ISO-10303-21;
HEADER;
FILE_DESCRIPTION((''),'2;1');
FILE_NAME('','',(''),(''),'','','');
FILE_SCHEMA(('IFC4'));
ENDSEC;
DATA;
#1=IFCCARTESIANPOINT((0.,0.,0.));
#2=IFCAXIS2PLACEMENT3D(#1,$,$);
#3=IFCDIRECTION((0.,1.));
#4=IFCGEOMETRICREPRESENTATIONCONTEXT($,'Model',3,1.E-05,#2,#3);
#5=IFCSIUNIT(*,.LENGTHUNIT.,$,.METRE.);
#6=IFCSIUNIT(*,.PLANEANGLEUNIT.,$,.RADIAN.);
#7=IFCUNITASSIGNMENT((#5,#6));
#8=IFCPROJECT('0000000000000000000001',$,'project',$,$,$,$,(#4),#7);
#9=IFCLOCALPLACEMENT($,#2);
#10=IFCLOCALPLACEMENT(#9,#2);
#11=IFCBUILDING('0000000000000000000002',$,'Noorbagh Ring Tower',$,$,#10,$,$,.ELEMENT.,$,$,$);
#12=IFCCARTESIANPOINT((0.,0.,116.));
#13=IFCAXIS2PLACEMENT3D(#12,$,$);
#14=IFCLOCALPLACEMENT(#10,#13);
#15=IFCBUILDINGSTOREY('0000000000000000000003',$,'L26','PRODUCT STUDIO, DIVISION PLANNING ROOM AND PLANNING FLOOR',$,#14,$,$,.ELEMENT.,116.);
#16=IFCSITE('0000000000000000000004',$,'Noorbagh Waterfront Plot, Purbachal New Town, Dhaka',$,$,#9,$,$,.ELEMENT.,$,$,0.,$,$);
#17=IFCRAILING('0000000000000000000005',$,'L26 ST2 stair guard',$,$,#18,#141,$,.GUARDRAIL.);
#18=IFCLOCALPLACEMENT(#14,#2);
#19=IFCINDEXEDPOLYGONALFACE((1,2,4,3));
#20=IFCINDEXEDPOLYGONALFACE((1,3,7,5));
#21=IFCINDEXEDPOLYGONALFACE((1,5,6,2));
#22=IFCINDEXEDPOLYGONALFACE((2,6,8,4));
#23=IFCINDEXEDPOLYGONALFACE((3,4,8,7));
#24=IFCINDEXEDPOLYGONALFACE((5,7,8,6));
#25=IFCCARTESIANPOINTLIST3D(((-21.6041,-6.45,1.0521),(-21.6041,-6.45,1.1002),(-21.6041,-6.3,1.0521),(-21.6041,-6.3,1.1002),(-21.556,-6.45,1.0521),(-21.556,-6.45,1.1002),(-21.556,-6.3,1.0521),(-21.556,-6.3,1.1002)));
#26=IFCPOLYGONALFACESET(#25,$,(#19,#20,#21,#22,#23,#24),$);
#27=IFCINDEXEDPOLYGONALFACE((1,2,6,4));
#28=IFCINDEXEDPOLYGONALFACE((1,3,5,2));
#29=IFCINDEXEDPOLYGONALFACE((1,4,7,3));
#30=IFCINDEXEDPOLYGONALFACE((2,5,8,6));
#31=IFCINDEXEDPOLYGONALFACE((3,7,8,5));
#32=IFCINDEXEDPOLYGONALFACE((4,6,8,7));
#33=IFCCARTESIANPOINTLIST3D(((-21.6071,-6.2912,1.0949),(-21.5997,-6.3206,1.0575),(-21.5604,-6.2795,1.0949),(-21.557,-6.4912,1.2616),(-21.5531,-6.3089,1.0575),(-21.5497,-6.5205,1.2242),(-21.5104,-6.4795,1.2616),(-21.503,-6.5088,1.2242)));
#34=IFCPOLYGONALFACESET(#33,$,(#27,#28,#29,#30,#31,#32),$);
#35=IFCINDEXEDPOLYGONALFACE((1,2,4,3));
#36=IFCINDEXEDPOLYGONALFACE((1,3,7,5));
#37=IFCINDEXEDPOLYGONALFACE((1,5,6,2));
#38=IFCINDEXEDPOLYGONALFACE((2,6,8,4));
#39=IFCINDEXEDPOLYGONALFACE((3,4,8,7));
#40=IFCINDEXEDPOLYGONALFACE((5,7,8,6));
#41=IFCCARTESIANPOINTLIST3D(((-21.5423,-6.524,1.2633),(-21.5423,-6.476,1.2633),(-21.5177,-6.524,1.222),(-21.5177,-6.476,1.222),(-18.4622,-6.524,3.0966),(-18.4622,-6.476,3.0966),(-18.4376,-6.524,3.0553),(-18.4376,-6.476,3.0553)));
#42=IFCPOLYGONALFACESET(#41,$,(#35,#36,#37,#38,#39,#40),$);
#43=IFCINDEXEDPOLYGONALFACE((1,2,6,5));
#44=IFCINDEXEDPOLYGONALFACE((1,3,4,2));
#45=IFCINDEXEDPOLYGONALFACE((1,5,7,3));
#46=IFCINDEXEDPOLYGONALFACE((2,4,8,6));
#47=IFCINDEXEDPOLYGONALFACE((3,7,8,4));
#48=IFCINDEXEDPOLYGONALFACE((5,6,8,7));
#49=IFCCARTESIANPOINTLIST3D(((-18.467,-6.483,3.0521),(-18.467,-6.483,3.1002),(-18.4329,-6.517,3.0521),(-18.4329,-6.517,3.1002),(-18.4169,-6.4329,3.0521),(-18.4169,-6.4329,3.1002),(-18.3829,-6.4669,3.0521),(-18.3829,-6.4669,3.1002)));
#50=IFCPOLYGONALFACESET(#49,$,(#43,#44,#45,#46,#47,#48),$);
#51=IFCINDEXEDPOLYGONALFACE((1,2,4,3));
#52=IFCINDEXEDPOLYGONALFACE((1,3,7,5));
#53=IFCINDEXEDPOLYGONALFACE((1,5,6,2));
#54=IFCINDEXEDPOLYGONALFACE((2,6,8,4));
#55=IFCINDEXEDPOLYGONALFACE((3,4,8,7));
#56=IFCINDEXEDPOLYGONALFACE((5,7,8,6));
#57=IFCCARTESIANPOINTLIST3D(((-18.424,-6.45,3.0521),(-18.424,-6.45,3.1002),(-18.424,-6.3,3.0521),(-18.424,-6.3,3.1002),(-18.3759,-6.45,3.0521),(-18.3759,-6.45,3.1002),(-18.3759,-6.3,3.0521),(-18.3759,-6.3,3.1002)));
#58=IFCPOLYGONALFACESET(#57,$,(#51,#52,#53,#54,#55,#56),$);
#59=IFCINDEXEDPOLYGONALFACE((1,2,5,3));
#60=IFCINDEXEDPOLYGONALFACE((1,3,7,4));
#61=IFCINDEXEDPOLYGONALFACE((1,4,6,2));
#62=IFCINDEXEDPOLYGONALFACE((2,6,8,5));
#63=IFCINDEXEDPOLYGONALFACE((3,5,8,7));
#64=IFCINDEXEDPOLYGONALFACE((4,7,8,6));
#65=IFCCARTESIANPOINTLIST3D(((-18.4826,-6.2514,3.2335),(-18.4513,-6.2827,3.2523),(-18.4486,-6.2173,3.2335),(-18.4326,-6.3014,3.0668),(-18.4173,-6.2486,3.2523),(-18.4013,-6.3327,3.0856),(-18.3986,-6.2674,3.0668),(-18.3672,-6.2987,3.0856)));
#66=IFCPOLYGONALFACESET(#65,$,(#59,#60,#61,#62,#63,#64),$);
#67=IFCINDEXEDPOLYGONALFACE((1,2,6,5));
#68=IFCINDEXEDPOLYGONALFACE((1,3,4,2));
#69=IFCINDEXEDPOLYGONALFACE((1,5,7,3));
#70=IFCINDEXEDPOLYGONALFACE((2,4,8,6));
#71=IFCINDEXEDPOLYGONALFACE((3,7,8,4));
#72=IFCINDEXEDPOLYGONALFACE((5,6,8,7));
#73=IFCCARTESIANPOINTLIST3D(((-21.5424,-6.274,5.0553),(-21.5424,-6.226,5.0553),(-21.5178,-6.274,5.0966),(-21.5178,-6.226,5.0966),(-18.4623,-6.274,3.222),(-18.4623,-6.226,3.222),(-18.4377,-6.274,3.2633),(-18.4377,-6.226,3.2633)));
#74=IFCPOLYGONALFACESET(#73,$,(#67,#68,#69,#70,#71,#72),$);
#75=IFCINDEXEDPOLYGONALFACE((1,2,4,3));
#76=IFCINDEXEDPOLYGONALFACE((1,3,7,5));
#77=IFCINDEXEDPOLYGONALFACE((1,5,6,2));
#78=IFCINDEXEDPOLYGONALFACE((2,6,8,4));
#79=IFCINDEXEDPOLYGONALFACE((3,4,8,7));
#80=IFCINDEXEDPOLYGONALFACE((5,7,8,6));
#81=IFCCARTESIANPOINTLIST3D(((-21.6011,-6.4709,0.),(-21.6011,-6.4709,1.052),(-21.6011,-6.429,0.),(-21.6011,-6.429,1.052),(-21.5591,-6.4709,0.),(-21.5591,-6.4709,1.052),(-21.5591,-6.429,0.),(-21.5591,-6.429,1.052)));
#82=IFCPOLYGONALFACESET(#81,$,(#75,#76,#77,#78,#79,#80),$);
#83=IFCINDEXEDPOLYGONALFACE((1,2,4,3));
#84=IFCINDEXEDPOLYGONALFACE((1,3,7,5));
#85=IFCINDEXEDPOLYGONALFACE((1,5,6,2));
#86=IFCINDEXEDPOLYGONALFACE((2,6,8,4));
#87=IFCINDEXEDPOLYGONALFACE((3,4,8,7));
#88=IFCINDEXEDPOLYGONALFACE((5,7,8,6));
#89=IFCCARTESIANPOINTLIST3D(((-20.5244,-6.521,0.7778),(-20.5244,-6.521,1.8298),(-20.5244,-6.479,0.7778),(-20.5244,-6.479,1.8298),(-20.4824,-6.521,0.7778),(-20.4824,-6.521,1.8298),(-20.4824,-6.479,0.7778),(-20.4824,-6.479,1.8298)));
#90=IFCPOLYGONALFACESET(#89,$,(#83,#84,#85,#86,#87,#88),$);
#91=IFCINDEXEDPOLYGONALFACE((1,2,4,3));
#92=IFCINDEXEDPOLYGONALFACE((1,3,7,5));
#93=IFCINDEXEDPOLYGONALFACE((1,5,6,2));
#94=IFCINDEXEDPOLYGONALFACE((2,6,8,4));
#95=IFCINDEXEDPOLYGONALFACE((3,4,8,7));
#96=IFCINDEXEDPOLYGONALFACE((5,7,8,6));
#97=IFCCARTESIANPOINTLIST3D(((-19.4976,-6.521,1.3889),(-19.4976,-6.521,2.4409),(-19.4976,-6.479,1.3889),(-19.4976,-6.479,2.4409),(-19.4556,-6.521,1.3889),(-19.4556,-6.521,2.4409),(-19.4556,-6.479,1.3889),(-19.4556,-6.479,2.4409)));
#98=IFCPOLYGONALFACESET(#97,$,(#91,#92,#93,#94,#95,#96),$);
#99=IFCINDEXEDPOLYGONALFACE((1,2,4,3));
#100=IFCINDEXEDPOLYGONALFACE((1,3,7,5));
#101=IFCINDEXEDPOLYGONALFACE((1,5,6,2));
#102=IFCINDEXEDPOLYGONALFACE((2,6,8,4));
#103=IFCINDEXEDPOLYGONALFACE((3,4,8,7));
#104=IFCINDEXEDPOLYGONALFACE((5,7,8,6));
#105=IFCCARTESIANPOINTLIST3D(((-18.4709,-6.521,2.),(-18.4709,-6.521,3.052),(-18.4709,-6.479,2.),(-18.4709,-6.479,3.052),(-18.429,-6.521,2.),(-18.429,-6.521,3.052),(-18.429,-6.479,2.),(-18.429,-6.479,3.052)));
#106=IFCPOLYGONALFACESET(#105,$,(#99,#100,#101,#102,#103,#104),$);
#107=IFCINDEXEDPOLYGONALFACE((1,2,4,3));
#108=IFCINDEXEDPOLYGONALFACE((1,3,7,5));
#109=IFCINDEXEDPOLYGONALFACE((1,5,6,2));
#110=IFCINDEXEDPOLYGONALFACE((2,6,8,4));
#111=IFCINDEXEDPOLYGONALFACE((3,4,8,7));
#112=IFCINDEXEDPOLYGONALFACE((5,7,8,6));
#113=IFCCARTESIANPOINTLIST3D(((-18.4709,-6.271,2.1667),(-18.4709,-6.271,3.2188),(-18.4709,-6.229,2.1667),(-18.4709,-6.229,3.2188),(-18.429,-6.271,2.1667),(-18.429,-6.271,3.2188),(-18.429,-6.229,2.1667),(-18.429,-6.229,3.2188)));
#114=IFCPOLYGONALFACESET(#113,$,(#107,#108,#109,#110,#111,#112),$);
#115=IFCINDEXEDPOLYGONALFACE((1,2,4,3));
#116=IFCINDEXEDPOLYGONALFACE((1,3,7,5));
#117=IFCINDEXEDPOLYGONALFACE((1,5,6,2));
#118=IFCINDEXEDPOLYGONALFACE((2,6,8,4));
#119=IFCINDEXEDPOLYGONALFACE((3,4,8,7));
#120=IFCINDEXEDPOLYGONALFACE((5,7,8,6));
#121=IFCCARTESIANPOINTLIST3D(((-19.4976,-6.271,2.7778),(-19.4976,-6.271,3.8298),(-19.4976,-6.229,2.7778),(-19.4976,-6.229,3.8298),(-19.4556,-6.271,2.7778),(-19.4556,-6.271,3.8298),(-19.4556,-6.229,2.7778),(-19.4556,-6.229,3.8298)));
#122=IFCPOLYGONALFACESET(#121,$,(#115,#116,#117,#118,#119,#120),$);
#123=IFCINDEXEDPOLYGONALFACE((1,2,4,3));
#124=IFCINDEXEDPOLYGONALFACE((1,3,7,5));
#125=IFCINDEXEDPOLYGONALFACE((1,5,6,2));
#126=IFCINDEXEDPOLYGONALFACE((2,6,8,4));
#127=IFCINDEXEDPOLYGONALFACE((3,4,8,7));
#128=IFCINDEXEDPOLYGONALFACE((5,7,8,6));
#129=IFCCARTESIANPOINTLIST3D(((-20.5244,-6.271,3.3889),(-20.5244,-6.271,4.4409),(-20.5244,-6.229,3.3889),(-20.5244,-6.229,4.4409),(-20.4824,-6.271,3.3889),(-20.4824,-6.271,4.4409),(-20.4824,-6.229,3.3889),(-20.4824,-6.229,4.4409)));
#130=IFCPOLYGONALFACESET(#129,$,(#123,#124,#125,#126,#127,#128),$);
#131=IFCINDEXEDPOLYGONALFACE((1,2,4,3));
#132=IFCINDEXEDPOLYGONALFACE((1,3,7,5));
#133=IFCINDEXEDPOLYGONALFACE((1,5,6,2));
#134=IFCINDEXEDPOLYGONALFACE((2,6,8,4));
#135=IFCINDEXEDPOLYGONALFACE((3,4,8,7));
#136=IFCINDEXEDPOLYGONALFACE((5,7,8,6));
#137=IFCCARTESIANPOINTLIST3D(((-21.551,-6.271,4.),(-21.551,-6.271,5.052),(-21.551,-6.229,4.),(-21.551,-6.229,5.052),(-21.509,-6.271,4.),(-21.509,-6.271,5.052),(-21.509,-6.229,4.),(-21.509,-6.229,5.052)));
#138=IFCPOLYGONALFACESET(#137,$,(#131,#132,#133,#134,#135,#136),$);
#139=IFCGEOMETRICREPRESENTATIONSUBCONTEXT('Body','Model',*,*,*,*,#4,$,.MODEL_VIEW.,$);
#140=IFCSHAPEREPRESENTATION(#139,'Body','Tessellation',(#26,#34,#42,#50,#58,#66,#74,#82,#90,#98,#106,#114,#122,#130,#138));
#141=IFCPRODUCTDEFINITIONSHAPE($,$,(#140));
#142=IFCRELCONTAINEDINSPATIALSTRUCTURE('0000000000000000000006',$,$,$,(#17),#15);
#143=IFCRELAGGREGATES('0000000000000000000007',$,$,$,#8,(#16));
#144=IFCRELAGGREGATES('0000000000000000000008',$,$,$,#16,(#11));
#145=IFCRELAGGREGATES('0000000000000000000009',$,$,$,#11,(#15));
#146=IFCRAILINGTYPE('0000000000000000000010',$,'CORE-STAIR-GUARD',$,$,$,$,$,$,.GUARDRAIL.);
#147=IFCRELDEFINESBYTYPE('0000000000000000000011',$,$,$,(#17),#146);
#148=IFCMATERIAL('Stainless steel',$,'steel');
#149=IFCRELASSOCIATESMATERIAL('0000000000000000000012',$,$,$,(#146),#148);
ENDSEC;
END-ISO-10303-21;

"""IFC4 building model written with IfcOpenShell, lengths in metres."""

from ifc_helpers import new_model, si_unit, direction, frame, origin, origin_2d, place, context, subcontext, project, spatial, rectangle, extrude, material, type_object, element, save


model = new_model("IFC4")

# Units and contexts
model_context = context("Model", 3, precision=1e-05, world=origin(), true_north=direction((0.0, 1.0)))
body_context = subcontext(model_context, "Body", "Model", "MODEL_VIEW")
ifc_project = project(units=[si_unit("LENGTHUNIT", "METRE"), si_unit("PLANEANGLEUNIT", "RADIAN")], contexts=[model_context])

# Site, building, storey
site_placement = place(None, origin())
site = spatial("IfcSite", under=ifc_project, at=site_placement, Name="Noorbagh Waterfront Plot, Purbachal New Town, Dhaka", CompositionType="ELEMENT", RefElevation=0.0)
building_placement = place(site_placement, origin())
building = spatial("IfcBuilding", under=site, at=building_placement, Name="Noorbagh Ring Tower", CompositionType="ELEMENT")
storey_placement = place(building_placement, frame((0.0, 0.0, 116.0)))
storey = spatial("IfcBuildingStorey", under=building, at=storey_placement, Name="L26", Description="PRODUCT STUDIO, DIVISION PLANNING ROOM AND PLANNING FLOOR", CompositionType="ELEMENT", Elevation=116.0)

# Railing
ifc_material_1 = material(Name="Stainless steel", Category="steel")
railing_type_1 = type_object("IfcRailingType", Name="CORE-STAIR-GUARD", PredefinedType="GUARDRAIL", material=ifc_material_1)
railing_1_placement = place(storey_placement, frame((-21.5801, -6.45, 0.0)))
element("IfcRailing", 1, at=railing_1_placement, inside=storey, type_object=railing_type_1, Name="L26 ST2 stair guard", PredefinedType="GUARDRAIL", context=body_context, shape_type="SweptSolid", body=[
    extrude(rectangle(XDim=0.0481, YDim=0.0481, at=origin_2d()), frame((0.0, 0.0, 1.0762), z_axis=(0.0, 1.0, 0.0), x_axis=(-1.0, 0.0, 0.0)), (0.0, 0.0, 1.0), 0.1499),
    extrude(rectangle(XDim=0.0481, YDim=0.0481, at=origin_2d()), frame((0.0, 0.1499, 1.0762), z_axis=(0.188776, -0.754182, 0.628946), x_axis=(0.970073, 0.242814, 0.0)), (0.0, 0.0, 1.0), 0.2651),
    extrude(rectangle(XDim=0.0481, YDim=0.0481, at=origin_2d()), frame((0.05, -0.05, 1.2427), z_axis=(0.859309, 0.0, 0.511458), x_axis=(0.0, 1.0, 0.0)), (0.0, 0.0, 1.0), 3.5845),
    extrude(rectangle(XDim=0.0481, YDim=0.0481, at=origin_2d()), frame((3.1301, -0.05, 3.0762), z_axis=(0.707107, 0.707107, 0.0), x_axis=(-0.707107, 0.707107, 0.0)), (0.0, 0.0, 1.0), 0.0708),
    extrude(rectangle(XDim=0.0481, YDim=0.0481, at=origin_2d()), frame((3.1802, 0.0, 3.0762), z_axis=(0.0, 1.0, 0.0), x_axis=(-1.0, 0.0, 0.0)), (0.0, 0.0, 1.0), 0.1499),
    extrude(rectangle(XDim=0.0481, YDim=0.0481, at=origin_2d()), frame((3.1802, 0.1499, 3.0762), z_axis=(-0.276287, 0.276287, 0.920506), x_axis=(-0.707107, -0.707107, 0.0)), (0.0, 0.0, 1.0), 0.1812),
    extrude(rectangle(XDim=0.0481, YDim=0.0481, at=origin_2d()), frame((3.1301, 0.2, 3.2427), z_axis=(-0.859309, 0.0, 0.511458), x_axis=(0.0, -1.0, 0.0)), (0.0, 0.0, 1.0), 3.5845),
    extrude(rectangle(XDim=0.042, YDim=0.042, at=origin_2d()), origin(), (0.0, 0.0, 1.0), 1.052),
    extrude(rectangle(XDim=0.042, YDim=0.042, at=origin_2d()), frame((1.0767, -0.05, 0.7778)), (0.0, 0.0, 1.0), 1.052),
    extrude(rectangle(XDim=0.042, YDim=0.042, at=origin_2d()), frame((2.1035, -0.05, 1.3889)), (0.0, 0.0, 1.0), 1.052),
    extrude(rectangle(XDim=0.042, YDim=0.042, at=origin_2d()), frame((3.1301, -0.05, 2.0)), (0.0, 0.0, 1.0), 1.052),
    extrude(rectangle(XDim=0.042, YDim=0.042, at=origin_2d()), frame((3.1301, 0.2, 2.1667)), (0.0, 0.0, 1.0), 1.052),
    extrude(rectangle(XDim=0.042, YDim=0.042, at=origin_2d()), frame((2.1035, 0.2, 2.7778)), (0.0, 0.0, 1.0), 1.052),
    extrude(rectangle(XDim=0.042, YDim=0.042, at=origin_2d()), frame((1.0767, 0.2, 3.3889)), (0.0, 0.0, 1.0), 1.052),
    extrude(rectangle(XDim=0.042, YDim=0.042, at=origin_2d()), frame((0.05, 0.2, 4.0)), (0.0, 0.0, 1.0), 1.052),
])

save(model, "model.ifc")
